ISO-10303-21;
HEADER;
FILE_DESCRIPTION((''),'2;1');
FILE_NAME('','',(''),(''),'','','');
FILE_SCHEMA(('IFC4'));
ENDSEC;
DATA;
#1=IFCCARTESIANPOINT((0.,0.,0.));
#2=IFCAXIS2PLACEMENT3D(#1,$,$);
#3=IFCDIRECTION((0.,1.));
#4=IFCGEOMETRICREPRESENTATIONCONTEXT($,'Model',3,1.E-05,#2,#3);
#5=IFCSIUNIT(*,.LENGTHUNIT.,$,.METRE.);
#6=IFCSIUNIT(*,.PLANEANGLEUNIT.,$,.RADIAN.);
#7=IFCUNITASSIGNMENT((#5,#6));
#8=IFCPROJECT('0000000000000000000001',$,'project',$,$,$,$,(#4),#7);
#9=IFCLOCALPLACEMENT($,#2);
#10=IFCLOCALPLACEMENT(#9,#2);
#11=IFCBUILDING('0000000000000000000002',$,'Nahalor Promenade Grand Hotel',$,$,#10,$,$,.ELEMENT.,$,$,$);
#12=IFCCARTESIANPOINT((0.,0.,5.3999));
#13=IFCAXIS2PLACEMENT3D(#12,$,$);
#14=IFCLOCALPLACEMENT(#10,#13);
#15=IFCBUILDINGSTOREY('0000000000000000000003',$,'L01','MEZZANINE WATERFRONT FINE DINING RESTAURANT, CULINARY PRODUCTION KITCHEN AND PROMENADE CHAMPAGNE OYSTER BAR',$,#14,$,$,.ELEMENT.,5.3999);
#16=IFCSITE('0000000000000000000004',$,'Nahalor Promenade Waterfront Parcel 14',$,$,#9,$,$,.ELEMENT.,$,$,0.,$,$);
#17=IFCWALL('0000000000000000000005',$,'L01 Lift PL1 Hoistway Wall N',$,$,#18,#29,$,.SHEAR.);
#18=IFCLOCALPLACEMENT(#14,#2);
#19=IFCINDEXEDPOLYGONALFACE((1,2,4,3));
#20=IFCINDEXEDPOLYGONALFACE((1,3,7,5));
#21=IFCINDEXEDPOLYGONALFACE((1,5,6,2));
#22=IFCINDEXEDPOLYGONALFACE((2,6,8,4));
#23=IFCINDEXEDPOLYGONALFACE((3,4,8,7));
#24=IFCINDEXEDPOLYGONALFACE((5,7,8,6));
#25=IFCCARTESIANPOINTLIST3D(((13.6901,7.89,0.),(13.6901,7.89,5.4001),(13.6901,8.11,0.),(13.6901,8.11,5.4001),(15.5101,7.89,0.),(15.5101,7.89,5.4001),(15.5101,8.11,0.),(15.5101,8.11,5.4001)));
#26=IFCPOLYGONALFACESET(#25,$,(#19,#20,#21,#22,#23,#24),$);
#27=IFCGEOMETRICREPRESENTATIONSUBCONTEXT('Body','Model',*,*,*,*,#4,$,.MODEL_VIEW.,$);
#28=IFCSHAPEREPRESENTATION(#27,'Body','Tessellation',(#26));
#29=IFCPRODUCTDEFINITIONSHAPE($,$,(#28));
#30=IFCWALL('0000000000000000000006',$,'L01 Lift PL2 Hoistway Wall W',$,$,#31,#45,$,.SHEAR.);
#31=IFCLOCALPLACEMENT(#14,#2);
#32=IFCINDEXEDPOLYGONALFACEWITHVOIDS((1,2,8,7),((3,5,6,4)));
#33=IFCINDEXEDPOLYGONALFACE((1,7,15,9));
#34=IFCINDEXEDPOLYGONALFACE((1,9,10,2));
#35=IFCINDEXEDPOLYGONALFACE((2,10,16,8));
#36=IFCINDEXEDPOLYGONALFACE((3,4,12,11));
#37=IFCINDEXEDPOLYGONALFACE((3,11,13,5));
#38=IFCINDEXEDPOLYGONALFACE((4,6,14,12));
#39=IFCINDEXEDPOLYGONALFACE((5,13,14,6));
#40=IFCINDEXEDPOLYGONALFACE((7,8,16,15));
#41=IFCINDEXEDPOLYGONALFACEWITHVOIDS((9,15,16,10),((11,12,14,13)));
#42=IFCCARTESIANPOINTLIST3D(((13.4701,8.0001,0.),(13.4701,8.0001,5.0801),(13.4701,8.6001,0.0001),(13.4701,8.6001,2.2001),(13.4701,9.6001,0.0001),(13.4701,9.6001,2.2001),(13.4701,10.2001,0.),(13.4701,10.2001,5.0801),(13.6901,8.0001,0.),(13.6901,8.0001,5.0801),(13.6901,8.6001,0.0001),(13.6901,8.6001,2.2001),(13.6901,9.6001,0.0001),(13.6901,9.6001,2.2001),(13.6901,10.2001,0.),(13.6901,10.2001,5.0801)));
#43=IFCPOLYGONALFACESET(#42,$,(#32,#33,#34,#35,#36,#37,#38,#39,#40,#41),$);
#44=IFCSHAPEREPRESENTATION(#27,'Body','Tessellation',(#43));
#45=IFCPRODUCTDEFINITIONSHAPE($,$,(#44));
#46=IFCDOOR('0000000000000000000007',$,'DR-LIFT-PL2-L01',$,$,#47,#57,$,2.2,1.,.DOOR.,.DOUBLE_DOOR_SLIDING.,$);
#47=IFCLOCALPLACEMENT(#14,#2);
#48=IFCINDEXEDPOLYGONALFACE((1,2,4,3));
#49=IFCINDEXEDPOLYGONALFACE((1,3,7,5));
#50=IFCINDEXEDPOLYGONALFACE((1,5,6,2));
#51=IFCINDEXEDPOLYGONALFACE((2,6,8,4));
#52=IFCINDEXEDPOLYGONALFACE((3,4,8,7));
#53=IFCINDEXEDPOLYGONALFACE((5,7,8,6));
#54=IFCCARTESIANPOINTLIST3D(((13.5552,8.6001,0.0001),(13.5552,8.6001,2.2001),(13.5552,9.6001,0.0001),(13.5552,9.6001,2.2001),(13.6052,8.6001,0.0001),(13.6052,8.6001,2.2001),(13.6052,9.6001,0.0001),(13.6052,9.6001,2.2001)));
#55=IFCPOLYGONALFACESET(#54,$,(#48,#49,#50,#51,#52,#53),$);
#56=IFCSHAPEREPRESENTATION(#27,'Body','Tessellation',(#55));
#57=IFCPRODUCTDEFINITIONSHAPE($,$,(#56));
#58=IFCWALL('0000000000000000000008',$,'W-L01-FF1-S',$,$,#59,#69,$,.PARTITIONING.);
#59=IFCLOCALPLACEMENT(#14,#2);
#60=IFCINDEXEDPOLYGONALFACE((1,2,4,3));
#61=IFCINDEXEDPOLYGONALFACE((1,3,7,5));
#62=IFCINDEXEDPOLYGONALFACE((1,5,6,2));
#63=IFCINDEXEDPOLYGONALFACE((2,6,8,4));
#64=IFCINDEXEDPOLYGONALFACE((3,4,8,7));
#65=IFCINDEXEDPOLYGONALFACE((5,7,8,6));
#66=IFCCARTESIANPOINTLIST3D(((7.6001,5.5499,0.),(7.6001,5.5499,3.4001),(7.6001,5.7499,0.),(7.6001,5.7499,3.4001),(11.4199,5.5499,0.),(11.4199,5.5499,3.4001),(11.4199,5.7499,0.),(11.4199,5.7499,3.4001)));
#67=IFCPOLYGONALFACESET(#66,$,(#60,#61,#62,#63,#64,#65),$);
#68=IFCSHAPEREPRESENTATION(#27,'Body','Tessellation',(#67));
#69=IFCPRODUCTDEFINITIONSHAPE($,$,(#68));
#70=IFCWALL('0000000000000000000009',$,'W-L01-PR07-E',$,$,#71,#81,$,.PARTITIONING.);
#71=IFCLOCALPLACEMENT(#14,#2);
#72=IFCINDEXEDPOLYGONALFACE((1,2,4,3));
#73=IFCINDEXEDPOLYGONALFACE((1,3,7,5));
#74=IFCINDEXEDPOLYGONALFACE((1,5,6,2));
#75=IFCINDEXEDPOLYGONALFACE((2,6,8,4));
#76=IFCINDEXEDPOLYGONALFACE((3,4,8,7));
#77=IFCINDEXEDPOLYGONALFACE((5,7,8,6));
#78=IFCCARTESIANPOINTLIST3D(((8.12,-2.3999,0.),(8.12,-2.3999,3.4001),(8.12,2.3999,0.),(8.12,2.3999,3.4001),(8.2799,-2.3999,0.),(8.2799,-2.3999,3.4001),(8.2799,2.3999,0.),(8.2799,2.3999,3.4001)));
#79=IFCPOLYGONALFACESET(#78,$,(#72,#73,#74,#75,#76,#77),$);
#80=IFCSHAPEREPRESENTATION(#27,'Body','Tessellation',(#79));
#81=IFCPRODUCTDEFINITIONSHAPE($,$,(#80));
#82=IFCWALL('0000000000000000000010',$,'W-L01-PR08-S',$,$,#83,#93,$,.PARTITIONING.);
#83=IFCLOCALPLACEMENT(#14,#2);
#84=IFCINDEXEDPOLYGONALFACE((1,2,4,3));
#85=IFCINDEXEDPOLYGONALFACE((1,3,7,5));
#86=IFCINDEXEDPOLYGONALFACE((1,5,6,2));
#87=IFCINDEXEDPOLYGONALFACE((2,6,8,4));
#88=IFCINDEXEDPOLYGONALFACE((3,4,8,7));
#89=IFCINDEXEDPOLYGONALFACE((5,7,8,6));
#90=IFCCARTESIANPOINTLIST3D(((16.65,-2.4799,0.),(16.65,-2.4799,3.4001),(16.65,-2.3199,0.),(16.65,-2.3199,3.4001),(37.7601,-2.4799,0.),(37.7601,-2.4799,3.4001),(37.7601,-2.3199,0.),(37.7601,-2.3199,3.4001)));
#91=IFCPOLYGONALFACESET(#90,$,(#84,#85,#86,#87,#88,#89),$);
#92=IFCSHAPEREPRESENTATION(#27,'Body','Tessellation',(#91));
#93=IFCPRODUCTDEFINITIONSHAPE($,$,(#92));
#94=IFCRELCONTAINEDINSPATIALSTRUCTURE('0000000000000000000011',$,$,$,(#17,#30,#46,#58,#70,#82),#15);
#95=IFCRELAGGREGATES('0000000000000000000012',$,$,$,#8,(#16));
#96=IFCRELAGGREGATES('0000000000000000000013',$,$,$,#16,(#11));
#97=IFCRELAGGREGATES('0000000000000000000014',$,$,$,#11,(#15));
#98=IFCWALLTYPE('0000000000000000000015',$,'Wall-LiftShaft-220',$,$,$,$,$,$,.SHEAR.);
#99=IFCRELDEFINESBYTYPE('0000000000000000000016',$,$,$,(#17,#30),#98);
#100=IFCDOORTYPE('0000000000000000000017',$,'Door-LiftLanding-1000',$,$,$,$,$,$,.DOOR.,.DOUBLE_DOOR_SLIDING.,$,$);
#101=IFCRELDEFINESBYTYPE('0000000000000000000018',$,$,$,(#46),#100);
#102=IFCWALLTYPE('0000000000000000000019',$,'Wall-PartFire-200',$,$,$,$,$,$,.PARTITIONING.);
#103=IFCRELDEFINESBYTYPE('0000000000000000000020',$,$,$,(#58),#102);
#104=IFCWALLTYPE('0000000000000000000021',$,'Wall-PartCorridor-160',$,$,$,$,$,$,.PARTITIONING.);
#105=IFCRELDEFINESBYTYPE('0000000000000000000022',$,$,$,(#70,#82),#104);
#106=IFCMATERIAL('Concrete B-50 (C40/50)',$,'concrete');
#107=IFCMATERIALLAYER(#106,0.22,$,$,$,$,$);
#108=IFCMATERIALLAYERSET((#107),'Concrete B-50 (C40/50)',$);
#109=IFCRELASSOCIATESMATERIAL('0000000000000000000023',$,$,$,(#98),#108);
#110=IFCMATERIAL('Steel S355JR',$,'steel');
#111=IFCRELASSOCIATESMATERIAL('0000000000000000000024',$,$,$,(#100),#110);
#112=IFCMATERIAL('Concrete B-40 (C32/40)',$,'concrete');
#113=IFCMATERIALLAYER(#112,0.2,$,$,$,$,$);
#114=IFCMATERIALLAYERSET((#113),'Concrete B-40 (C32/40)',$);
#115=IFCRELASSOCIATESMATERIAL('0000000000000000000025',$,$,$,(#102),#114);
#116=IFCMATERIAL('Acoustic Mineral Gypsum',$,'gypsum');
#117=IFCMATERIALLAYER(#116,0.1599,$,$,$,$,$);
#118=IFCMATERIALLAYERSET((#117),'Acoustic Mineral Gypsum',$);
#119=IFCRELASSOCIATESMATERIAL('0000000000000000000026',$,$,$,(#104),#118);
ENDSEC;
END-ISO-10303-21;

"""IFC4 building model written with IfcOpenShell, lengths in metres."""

from ifc_helpers import new_model, si_unit, direction, frame, frame_2d, origin, place, context, subcontext, project, spatial, rectangle, extrude, source, transform, mapped, material, layer, layer_set, type_object, element, fill, save


model = new_model("IFC4")

# Units and contexts
model_context = context("Model", 3, precision=1e-05, world=origin(), true_north=direction((0.0, 1.0)))
body_context = subcontext(model_context, "Body", "Model", "MODEL_VIEW")
ifc_project = project(units=[si_unit("LENGTHUNIT", "METRE"), si_unit("PLANEANGLEUNIT", "RADIAN")], contexts=[model_context])

# Site, building, storey
site_placement = place(None, origin())
site = spatial("IfcSite", under=ifc_project, at=site_placement, Name="Nahalor Promenade Waterfront Parcel 14", CompositionType="ELEMENT", RefElevation=0.0)
building_placement = place(site_placement, origin())
building = spatial("IfcBuilding", under=site, at=building_placement, Name="Nahalor Promenade Grand Hotel", CompositionType="ELEMENT")
storey_placement = place(building_placement, frame((0.0, 0.0, 5.3999)))
storey = spatial("IfcBuildingStorey", under=building, at=storey_placement, Name="L01", Description="MEZZANINE WATERFRONT FINE DINING RESTAURANT, CULINARY PRODUCTION KITCHEN AND PROMENADE CHAMPAGNE OYSTER BAR", CompositionType="ELEMENT", Elevation=5.3999)

# Shared definitions
ifc_material_1 = material(Name="Steel S355JR", Category="steel")

# Shared definitions
ifc_material_2 = material(Name="Concrete B-50 (C40/50)", Category="concrete")
ifc_layer_1 = layer(ifc_material_2, 0.22)
ifc_layer_set_1 = layer_set([ifc_layer_1], Name="Concrete B-50 (C40/50)")
wall_type_1 = type_object("IfcWallType", Name="Wall-LiftShaft-220", PredefinedType="SHEAR", material=ifc_layer_set_1)
door_type_1 = type_object("IfcDoorType", Name="Door-LiftLanding-1000", OperationType="DOUBLE_DOOR_SLIDING", PredefinedType="DOOR", material=ifc_material_1)
shared_shape_1 = source(origin(), body_context, "Body", "SweptSolid", [
    extrude(rectangle(XDim=1.0, YDim=2.2, at=frame_2d((0.5, 1.1001))), frame((0.0, 0.0249, 0.0), z_axis=(0.0, -1.0, 0.0), x_axis=(1.0, 0.0, 0.0)), (0.0, 0.0, 1.0), 0.05),
])

# Wall
shared_shape_2 = source(origin(), body_context, "Body", "SweptSolid", [
    extrude(rectangle(XDim=1.8201, YDim=0.22, at=frame_2d((0.9102, 0.0))), origin(), (0.0, 0.0, 1.0), 5.4001),
])
wall_1_placement = place(storey_placement, frame((13.6899, 8.0, 0.0), z_axis=(0.0, 0.0, 1.0), x_axis=(1.0, 0.0, 0.0)))
element("IfcWall", 1, at=wall_1_placement, inside=storey, type_object=wall_type_1, Name="L01 Lift PL1 Hoistway Wall N", PredefinedType="SHEAR", context=body_context, shape_type="MappedRepresentation", body=[
    mapped(shared_shape_2, transform((0.0, 0.0, 0.0), scale=1.0)),
])

# Wall, opening, door
shared_shape_3 = source(origin(), body_context, "Body", "SweptSolid", [
    extrude(rectangle(XDim=2.2, YDim=0.22, at=frame_2d((1.1001, 0.0))), origin(), (0.0, 0.0, 1.0), 5.0801),
])
wall_2_placement = place(storey_placement, frame((13.5801, 8.0, 0.0), z_axis=(0.0, 0.0, 1.0), x_axis=(0.0, 1.0, 0.0)))
wall_2 = element("IfcWall", 2, at=wall_2_placement, inside=storey, type_object=wall_type_1, Name="L01 Lift PL2 Hoistway Wall W", PredefinedType="SHEAR", context=body_context, shape_type="MappedRepresentation", body=[
    mapped(shared_shape_3, transform((0.0, 0.0, 0.0), scale=1.0)),
])
opening_1_placement = place(wall_2_placement, frame((0.6001, 0.0, 0.0)))
opening_1 = element("IfcOpeningElement", 3, at=opening_1_placement, cuts=wall_2, PredefinedType="OPENING", context=body_context, shape_type="SweptSolid", body=[
    extrude(rectangle(XDim=1.0, YDim=2.2, at=frame_2d((0.5, 1.1001))), frame((0.0, 0.1199, 0.0), z_axis=(0.0, -1.0, 0.0), x_axis=(1.0, 0.0, 0.0)), (0.0, 0.0, 1.0), 0.24),
])
door_1_placement = place(opening_1_placement, origin())
door_1 = element("IfcDoor", 4, at=door_1_placement, inside=storey, type_object=door_type_1, Name="DR-LIFT-PL2-L01", OperationType="DOUBLE_DOOR_SLIDING", OverallHeight=2.2, OverallWidth=1.0, PredefinedType="DOOR", context=body_context, shape_type="MappedRepresentation", body=[
    mapped(shared_shape_1, transform((0.0, 0.0, 0.0), scale=1.0)),
])
fill(opening_1, door_1)

# Wall
ifc_material_3 = material(Name="Concrete B-40 (C32/40)", Category="concrete")
ifc_layer_2 = layer(ifc_material_3, 0.2)
ifc_layer_set_2 = layer_set([ifc_layer_2], Name="Concrete B-40 (C32/40)")
wall_type_2 = type_object("IfcWallType", Name="Wall-PartFire-200", PredefinedType="PARTITIONING", material=ifc_layer_set_2)
shared_shape_4 = source(origin(), body_context, "Body", "SweptSolid", [
    extrude(rectangle(XDim=3.8198, YDim=0.2, at=frame_2d((1.9099, 0.0))), origin(), (0.0, 0.0, 1.0), 3.4001),
])
wall_3_placement = place(storey_placement, frame((7.6001, 5.6499, 0.0), z_axis=(0.0, 0.0, 1.0), x_axis=(1.0, 0.0, 0.0)))
element("IfcWall", 5, at=wall_3_placement, inside=storey, type_object=wall_type_2, Name="W-L01-FF1-S", PredefinedType="PARTITIONING", context=body_context, shape_type="MappedRepresentation", body=[
    mapped(shared_shape_4, transform((0.0, 0.0, 0.0), scale=1.0)),
])

# Walls
ifc_material_4 = material(Name="Acoustic Mineral Gypsum", Category="gypsum")
ifc_layer_3 = layer(ifc_material_4, 0.1599)
ifc_layer_set_3 = layer_set([ifc_layer_3], Name="Acoustic Mineral Gypsum")
wall_type_3 = type_object("IfcWallType", Name="Wall-PartCorridor-160", PredefinedType="PARTITIONING", material=ifc_layer_set_3)
shared_shape_5 = source(origin(), body_context, "Body", "SweptSolid", [
    extrude(rectangle(XDim=4.7998, YDim=0.1599, at=frame_2d((2.3999, 0.0))), origin(), (0.0, 0.0, 1.0), 3.4001),
])
wall_4_placement = place(storey_placement, frame((8.2, -2.3999, 0.0), z_axis=(0.0, 0.0, 1.0), x_axis=(0.0, 1.0, 0.0)))
element("IfcWall", 6, at=wall_4_placement, inside=storey, type_object=wall_type_3, Name="W-L01-PR07-E", PredefinedType="PARTITIONING", context=body_context, shape_type="MappedRepresentation", body=[
    mapped(shared_shape_5, transform((0.0, 0.0, 0.0), scale=1.0)),
])
shared_shape_6 = source(origin(), body_context, "Body", "SweptSolid", [
    extrude(rectangle(XDim=21.1101, YDim=0.1599, at=frame_2d((10.5552, 0.0))), origin(), (0.0, 0.0, 1.0), 3.4001),
])
wall_5_placement = place(storey_placement, frame((16.6499, -2.3999, 0.0), z_axis=(0.0, 0.0, 1.0), x_axis=(1.0, 0.0, 0.0)))
element("IfcWall", 7, at=wall_5_placement, inside=storey, type_object=wall_type_3, Name="W-L01-PR08-S", PredefinedType="PARTITIONING", context=body_context, shape_type="MappedRepresentation", body=[
    mapped(shared_shape_6, transform((0.0, 0.0, 0.0), scale=1.0)),
])

save(model, "model.ifc")
